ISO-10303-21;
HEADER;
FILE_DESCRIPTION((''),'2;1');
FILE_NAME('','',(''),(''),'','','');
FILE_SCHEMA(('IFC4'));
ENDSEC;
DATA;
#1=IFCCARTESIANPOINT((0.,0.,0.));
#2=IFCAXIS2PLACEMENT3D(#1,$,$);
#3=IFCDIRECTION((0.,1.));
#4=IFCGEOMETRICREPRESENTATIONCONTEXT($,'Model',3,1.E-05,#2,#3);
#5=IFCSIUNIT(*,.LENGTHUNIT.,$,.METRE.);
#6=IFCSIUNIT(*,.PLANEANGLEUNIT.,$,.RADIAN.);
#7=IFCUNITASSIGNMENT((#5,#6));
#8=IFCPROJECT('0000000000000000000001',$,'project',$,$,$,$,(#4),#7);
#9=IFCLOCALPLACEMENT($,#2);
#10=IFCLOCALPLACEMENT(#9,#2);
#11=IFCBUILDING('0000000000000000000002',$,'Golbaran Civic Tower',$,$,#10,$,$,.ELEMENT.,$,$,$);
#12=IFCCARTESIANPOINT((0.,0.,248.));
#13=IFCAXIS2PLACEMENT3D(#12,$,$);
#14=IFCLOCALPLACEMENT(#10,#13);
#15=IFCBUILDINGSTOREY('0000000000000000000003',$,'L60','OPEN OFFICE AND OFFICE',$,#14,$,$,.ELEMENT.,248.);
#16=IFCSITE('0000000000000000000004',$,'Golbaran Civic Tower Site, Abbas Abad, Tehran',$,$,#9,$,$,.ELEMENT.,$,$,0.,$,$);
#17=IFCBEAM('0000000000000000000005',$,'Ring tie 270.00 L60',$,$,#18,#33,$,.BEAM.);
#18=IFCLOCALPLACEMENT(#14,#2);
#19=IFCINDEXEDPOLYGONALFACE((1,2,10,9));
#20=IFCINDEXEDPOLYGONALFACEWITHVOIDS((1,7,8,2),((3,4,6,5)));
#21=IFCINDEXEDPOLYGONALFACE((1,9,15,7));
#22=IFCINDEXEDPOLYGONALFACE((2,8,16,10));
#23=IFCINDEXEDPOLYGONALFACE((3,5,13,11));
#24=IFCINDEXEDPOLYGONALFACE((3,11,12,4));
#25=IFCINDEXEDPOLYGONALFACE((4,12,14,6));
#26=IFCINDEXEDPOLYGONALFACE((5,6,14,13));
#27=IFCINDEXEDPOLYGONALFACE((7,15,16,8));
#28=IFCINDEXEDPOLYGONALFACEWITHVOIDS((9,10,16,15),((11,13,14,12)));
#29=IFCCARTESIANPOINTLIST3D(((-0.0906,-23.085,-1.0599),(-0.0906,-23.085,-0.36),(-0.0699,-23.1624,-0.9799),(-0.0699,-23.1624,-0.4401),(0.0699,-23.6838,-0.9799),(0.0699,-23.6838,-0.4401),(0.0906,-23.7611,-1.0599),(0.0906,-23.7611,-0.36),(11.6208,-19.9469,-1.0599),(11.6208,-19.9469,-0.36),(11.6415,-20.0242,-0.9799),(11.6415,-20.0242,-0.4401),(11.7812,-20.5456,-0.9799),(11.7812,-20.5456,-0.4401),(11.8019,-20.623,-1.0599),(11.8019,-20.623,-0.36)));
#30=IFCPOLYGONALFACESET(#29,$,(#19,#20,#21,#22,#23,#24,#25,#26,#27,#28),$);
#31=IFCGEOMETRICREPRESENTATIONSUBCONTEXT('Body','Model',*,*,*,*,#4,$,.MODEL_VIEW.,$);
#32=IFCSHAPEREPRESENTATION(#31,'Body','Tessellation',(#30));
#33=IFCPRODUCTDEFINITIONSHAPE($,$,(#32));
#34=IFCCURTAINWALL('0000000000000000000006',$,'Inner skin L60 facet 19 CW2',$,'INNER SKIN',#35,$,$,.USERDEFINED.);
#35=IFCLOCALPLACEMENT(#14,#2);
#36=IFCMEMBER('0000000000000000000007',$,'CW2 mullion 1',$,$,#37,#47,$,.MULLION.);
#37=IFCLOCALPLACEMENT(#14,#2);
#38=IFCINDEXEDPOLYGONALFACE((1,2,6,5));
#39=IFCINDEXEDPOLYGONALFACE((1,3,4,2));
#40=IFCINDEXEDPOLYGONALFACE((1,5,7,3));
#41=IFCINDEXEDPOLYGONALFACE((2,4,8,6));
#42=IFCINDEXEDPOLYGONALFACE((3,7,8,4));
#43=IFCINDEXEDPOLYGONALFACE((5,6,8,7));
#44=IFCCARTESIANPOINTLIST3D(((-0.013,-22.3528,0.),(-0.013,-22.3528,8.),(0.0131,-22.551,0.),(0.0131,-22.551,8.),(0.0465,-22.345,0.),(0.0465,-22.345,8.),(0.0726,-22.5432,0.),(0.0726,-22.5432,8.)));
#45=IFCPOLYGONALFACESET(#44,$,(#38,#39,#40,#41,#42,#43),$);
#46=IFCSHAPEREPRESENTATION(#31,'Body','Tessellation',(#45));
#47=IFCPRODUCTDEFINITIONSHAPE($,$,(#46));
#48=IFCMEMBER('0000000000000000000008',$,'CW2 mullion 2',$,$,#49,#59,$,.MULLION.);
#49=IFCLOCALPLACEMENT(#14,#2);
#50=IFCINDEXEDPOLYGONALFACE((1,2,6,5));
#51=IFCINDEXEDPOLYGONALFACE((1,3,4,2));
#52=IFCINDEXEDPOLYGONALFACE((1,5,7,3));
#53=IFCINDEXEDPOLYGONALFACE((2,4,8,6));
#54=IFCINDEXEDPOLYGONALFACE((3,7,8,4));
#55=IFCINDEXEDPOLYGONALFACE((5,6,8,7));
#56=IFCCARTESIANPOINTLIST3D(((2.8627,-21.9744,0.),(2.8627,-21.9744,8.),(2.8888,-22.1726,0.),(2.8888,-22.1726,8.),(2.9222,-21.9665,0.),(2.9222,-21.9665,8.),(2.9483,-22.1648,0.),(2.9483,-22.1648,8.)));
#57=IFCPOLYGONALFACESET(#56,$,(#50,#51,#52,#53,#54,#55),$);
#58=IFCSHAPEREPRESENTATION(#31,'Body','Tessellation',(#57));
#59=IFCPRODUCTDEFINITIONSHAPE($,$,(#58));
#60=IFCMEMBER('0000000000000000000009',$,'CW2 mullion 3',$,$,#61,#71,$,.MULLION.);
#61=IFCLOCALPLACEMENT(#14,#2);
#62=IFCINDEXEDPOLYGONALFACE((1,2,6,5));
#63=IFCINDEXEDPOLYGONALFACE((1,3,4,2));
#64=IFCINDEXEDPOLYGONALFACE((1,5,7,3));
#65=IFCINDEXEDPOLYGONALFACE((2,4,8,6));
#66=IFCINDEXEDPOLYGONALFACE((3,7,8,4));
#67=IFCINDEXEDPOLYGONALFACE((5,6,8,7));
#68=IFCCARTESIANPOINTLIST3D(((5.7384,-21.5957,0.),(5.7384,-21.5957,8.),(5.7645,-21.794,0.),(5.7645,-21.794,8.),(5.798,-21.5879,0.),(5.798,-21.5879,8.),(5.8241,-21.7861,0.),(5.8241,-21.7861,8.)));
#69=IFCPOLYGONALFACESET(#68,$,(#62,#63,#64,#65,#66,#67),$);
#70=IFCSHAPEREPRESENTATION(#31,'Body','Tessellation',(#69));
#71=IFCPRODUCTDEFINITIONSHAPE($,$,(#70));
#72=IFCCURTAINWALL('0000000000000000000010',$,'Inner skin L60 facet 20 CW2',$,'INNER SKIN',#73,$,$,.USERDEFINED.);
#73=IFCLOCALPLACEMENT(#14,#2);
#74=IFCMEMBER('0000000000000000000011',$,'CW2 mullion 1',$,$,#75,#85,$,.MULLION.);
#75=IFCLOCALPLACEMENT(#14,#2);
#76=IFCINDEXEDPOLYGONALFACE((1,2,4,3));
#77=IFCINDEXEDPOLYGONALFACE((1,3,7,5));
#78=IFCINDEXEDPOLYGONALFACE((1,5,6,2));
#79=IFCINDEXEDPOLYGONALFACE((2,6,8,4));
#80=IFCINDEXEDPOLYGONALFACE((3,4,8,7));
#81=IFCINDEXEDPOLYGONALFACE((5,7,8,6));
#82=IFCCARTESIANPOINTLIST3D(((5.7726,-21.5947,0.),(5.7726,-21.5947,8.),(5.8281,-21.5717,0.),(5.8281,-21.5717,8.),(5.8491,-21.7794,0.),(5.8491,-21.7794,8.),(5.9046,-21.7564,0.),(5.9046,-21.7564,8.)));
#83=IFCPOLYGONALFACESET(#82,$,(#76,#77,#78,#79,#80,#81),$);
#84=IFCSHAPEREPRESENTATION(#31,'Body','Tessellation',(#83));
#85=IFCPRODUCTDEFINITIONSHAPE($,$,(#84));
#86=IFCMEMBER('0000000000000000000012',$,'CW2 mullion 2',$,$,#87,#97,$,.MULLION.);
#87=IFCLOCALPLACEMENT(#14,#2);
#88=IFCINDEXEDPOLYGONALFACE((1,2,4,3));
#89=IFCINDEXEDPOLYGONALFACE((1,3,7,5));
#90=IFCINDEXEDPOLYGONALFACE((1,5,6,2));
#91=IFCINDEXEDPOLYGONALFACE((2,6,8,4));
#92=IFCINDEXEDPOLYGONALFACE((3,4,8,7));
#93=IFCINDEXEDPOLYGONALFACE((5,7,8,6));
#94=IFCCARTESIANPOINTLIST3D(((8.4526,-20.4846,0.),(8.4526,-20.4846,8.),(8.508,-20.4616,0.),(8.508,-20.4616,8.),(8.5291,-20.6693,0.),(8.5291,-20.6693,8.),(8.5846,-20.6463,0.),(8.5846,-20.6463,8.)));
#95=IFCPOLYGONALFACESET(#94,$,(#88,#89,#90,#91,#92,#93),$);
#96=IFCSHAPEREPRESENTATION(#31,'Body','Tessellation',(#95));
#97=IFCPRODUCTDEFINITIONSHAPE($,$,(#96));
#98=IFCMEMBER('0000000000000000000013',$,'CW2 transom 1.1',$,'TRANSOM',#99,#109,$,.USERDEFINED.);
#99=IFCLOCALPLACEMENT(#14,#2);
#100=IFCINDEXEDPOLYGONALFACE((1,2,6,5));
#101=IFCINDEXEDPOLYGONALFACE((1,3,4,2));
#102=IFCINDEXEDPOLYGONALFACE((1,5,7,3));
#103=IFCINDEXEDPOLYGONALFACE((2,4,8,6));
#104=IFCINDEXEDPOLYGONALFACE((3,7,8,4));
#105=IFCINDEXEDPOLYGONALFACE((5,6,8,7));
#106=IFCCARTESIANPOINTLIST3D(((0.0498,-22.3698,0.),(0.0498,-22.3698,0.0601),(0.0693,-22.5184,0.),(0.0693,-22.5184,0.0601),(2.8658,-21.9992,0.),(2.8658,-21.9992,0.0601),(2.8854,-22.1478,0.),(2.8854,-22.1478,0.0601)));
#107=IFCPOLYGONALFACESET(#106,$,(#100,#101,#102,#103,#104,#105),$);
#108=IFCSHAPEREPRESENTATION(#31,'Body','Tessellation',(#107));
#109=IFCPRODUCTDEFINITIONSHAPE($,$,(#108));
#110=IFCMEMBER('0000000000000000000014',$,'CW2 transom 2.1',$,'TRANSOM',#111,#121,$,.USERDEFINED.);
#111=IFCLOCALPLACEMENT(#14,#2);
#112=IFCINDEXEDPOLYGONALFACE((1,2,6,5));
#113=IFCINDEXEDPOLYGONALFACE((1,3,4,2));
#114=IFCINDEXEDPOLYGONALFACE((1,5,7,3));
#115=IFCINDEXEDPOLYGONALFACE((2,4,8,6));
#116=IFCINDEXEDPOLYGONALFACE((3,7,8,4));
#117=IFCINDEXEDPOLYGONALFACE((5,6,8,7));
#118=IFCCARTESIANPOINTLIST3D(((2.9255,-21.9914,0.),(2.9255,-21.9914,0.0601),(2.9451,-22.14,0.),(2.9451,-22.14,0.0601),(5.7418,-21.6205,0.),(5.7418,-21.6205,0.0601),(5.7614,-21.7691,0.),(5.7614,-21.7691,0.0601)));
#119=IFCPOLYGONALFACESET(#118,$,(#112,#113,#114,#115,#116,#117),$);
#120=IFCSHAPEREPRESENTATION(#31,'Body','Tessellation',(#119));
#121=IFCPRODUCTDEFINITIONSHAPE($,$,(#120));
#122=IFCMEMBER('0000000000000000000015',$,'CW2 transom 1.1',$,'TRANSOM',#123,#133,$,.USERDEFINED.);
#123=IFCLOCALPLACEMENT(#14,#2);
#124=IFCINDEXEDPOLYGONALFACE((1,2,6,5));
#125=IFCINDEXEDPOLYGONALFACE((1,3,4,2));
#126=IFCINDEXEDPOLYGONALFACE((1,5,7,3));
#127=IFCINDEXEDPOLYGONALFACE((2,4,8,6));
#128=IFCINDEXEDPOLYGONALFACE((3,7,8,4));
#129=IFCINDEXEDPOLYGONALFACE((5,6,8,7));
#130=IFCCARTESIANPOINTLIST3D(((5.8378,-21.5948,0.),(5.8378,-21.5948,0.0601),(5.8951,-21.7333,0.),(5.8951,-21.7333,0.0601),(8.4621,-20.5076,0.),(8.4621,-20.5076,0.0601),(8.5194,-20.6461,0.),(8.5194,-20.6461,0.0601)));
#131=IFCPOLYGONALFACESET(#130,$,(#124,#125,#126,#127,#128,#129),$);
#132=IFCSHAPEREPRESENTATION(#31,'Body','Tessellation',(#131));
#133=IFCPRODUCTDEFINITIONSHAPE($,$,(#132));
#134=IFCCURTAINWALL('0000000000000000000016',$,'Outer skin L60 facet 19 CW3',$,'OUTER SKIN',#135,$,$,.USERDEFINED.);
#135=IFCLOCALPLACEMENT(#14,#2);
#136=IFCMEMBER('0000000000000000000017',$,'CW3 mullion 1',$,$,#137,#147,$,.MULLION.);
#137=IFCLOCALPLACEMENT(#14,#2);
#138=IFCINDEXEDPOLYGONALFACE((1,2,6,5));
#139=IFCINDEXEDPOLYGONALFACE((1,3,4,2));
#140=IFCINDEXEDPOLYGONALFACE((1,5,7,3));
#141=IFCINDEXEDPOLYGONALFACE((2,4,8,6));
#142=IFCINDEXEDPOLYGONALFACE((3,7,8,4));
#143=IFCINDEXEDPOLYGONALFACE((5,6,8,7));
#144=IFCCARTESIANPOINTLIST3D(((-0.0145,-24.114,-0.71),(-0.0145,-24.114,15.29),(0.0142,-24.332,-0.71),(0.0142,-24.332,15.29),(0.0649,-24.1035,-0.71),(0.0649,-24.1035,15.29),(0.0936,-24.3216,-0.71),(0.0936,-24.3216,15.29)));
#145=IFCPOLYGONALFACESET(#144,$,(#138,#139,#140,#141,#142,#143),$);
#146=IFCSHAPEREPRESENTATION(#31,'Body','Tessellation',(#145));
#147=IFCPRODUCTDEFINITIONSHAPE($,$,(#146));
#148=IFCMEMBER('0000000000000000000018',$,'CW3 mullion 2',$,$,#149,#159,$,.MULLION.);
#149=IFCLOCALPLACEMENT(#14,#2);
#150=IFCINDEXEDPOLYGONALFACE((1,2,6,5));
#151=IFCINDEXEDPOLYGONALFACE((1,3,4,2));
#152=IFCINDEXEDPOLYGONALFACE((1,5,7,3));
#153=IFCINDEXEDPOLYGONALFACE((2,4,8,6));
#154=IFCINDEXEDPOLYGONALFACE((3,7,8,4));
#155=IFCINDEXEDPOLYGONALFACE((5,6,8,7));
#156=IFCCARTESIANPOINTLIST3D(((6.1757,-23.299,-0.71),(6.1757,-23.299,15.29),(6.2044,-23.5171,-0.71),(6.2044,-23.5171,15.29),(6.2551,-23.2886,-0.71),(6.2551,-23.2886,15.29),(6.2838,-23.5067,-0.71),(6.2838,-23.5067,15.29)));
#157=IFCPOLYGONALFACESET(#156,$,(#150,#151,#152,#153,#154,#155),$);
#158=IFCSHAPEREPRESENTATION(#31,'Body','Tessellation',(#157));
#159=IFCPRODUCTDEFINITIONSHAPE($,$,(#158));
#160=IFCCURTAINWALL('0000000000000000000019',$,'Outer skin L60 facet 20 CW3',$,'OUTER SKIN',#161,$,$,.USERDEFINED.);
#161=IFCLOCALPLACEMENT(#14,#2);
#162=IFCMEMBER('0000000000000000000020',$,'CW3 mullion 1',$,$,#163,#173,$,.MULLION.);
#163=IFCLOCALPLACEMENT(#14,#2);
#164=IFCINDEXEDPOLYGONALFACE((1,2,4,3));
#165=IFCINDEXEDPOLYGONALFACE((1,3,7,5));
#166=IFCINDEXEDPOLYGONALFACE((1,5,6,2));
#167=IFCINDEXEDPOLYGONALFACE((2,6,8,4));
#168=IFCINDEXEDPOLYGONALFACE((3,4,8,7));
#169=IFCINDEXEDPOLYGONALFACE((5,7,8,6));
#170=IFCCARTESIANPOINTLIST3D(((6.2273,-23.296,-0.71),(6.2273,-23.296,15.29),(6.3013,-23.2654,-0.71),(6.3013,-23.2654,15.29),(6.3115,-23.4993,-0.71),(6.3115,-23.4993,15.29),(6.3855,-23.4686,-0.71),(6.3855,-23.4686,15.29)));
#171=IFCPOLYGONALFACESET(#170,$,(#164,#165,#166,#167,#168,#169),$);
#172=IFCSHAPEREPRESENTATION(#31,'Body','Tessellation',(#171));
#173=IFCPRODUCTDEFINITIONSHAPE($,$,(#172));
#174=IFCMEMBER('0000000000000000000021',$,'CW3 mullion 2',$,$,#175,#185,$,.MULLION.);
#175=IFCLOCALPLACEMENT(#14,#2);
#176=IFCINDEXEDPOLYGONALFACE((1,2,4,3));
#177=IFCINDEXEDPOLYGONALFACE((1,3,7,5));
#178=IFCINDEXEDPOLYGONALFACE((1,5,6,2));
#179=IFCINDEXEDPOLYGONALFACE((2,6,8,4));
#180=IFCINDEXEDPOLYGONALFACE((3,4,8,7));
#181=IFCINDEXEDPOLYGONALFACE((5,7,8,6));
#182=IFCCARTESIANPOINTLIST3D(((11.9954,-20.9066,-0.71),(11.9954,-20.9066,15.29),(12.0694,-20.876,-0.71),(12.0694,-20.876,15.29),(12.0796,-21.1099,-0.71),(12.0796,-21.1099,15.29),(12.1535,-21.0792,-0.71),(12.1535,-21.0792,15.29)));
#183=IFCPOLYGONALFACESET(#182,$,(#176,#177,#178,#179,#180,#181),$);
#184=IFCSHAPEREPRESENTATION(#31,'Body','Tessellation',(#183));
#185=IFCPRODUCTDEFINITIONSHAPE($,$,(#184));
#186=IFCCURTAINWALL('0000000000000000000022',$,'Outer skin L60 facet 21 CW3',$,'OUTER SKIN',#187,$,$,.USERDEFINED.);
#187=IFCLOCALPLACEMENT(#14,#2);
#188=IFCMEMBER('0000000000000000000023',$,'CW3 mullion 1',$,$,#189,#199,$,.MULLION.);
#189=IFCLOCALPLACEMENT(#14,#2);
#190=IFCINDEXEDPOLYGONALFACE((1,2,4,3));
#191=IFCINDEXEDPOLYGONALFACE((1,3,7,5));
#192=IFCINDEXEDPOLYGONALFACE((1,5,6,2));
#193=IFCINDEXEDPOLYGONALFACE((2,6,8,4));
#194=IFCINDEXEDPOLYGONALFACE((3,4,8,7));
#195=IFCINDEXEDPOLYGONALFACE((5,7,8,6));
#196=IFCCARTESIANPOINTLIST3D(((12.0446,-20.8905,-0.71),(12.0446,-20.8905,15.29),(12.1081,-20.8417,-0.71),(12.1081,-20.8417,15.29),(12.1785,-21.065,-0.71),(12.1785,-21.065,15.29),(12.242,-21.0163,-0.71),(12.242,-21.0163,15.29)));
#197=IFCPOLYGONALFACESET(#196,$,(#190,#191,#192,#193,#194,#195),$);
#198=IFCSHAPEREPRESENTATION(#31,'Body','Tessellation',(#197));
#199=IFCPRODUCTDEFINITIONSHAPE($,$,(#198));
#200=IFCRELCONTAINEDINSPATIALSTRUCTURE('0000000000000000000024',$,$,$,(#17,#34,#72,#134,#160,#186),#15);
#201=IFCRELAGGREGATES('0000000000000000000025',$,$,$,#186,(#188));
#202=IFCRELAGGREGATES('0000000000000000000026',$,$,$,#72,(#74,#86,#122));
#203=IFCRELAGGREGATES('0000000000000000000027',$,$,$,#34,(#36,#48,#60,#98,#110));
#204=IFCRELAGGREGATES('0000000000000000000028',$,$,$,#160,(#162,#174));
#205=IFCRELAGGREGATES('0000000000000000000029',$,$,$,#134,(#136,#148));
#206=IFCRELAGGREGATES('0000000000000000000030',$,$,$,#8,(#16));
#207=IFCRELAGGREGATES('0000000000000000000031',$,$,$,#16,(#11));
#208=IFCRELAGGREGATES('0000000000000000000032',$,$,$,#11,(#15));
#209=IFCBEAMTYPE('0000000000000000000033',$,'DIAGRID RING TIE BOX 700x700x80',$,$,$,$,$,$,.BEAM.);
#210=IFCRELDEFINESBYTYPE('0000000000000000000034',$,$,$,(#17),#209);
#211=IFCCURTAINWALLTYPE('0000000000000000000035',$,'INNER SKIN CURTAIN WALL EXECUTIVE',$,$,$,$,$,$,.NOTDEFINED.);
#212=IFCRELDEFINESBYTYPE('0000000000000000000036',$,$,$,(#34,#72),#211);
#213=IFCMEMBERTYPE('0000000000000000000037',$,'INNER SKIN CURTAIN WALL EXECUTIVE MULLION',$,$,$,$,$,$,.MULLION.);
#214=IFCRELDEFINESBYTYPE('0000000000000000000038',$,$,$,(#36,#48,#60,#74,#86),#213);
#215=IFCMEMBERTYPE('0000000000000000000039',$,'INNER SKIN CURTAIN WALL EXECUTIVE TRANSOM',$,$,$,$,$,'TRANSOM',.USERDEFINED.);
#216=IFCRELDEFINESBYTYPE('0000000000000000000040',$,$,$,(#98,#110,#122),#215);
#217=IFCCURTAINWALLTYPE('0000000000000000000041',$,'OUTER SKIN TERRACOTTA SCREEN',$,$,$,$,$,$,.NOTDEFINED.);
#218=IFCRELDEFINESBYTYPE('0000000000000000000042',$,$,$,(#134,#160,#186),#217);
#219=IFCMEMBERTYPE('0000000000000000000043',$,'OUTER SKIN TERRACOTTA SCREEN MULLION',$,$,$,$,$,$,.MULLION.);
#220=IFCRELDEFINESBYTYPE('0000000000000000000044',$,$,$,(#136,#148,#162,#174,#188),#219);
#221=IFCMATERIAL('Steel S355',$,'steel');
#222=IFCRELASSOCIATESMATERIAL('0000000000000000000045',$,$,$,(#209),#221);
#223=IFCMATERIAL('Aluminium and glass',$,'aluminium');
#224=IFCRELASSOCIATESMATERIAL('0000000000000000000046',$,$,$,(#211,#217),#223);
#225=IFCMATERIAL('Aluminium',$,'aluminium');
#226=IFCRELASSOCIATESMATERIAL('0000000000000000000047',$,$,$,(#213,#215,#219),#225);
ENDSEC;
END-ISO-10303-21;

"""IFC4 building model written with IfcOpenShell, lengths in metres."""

from ifc_helpers import new_model, si_unit, direction, frame, origin, origin_2d, place, context, subcontext, project, spatial, rectangle, hollow_rectangle, extrude, material, material_profile, profile_set, type_object, element, aggregate, save


model = new_model("IFC4")

# Units and contexts
model_context = context("Model", 3, precision=1e-05, world=origin(), true_north=direction((0.0, 1.0)))
body_context = subcontext(model_context, "Body", "Model", "MODEL_VIEW")
ifc_project = project(units=[si_unit("LENGTHUNIT", "METRE"), si_unit("PLANEANGLEUNIT", "RADIAN")], contexts=[model_context])

# Site, building, storey
site_placement = place(None, origin())
site = spatial("IfcSite", under=ifc_project, at=site_placement, Name="Golbaran Civic Tower Site, Abbas Abad, Tehran", CompositionType="ELEMENT", RefElevation=0.0)
building_placement = place(site_placement, origin())
building = spatial("IfcBuilding", under=site, at=building_placement, Name="Golbaran Civic Tower", CompositionType="ELEMENT")
storey_placement = place(building_placement, frame((0.0, 0.0, 248.0)))
storey = spatial("IfcBuildingStorey", under=building, at=storey_placement, Name="L60", Description="OPEN OFFICE AND OFFICE", CompositionType="ELEMENT", Elevation=248.0)

# Beam
ifc_material_1 = material(Name="Steel S355", Category="steel")
ifc_material_profile_1 = material_profile(ifc_material_1, hollow_rectangle(XDim=0.7, YDim=0.7, WallThickness=0.0801, at=origin_2d()), Name="BOX 700x700x80")
ifc_profile_set_1 = profile_set([ifc_material_profile_1], Name="Steel S355")
beam_type = type_object("IfcBeamType", Name="DIAGRID RING TIE BOX 700x700x80", PredefinedType="BEAM", material=ifc_profile_set_1)
beam_placement = place(storey_placement, frame((0.0, -23.4231, -0.71), z_axis=(0.965923, 0.258828, 0.0), x_axis=(-0.258828, 0.965923, 0.0)))
element("IfcBeam", 1, at=beam_placement, inside=storey, type_object=beam_type, Name="Ring tie 270.00 L60", PredefinedType="BEAM", context=body_context, shape_type="SweptSolid", body=[
    extrude(hollow_rectangle(XDim=0.7, YDim=0.7, WallThickness=0.0801, at=origin_2d()), origin(), (0.0, 0.0, 1.0), 12.1245),
])

# Curtain walls, members
ifc_material_2 = material(Name="Aluminium and glass", Category="aluminium")
curtain_wall_type_1 = type_object("IfcCurtainWallType", Name="INNER SKIN CURTAIN WALL EXECUTIVE", PredefinedType="NOTDEFINED", material=ifc_material_2)
curtain_wall_1_placement = place(storey_placement, origin())
curtain_wall_1 = element("IfcCurtainWall", 2, at=curtain_wall_1_placement, inside=storey, type_object=curtain_wall_type_1, Name="Inner skin L60 facet 19 CW2", ObjectType="INNER SKIN", PredefinedType="USERDEFINED")
ifc_material_3 = material(Name="Aluminium", Category="aluminium")
ifc_material_profile_2 = material_profile(ifc_material_3, rectangle(XDim=0.2, YDim=0.0601, at=origin_2d()), Name="INNER SKIN CURTAIN WALL EXECUTIVE MULLION")
ifc_profile_set_2 = profile_set([ifc_material_profile_2], Name="Aluminium")
member_type_1 = type_object("IfcMemberType", Name="INNER SKIN CURTAIN WALL EXECUTIVE MULLION", PredefinedType="MULLION", material=ifc_profile_set_2)
member_1_placement = place(storey_placement, frame((0.0298, -22.448, 0.0), z_axis=(0.0, 0.0, 1.0), x_axis=(-0.130526, 0.991445, 0.0)))
member_1 = element("IfcMember", 3, at=member_1_placement, type_object=member_type_1, Name="CW2 mullion 1", PredefinedType="MULLION", context=body_context, shape_type="SweptSolid", body=[
    extrude(rectangle(XDim=0.2, YDim=0.0601, at=origin_2d()), origin(), (0.0, 0.0, 1.0), 8.0),
])
member_2_placement = place(storey_placement, frame((2.9055, -22.0696, 0.0), z_axis=(0.0, 0.0, 1.0), x_axis=(-0.130526, 0.991445, 0.0)))
member_2 = element("IfcMember", 4, at=member_2_placement, type_object=member_type_1, Name="CW2 mullion 2", PredefinedType="MULLION", context=body_context, shape_type="SweptSolid", body=[
    extrude(rectangle(XDim=0.2, YDim=0.0601, at=origin_2d()), origin(), (0.0, 0.0, 1.0), 8.0),
])
member_3_placement = place(storey_placement, frame((5.7812, -21.6909, 0.0), z_axis=(0.0, 0.0, 1.0), x_axis=(-0.130526, 0.991445, 0.0)))
member_3 = element("IfcMember", 5, at=member_3_placement, type_object=member_type_1, Name="CW2 mullion 3", PredefinedType="MULLION", context=body_context, shape_type="SweptSolid", body=[
    extrude(rectangle(XDim=0.2, YDim=0.0601, at=origin_2d()), origin(), (0.0, 0.0, 1.0), 8.0),
])
curtain_wall_2_placement = place(storey_placement, origin())
curtain_wall_2 = element("IfcCurtainWall", 6, at=curtain_wall_2_placement, inside=storey, type_object=curtain_wall_type_1, Name="Inner skin L60 facet 20 CW2", ObjectType="INNER SKIN", PredefinedType="USERDEFINED")
member_4_placement = place(storey_placement, frame((5.8386, -21.6755, 0.0), z_axis=(0.0, 0.0, 1.0), x_axis=(-0.382683, 0.92388, 0.0)))
member_4 = element("IfcMember", 7, at=member_4_placement, type_object=member_type_1, Name="CW2 mullion 1", PredefinedType="MULLION", context=body_context, shape_type="SweptSolid", body=[
    extrude(rectangle(XDim=0.2, YDim=0.0601, at=origin_2d()), origin(), (0.0, 0.0, 1.0), 8.0),
])
member_5_placement = place(storey_placement, frame((8.5186, -20.5654, 0.0), z_axis=(0.0, 0.0, 1.0), x_axis=(-0.382683, 0.92388, 0.0)))
member_5 = element("IfcMember", 8, at=member_5_placement, type_object=member_type_1, Name="CW2 mullion 2", PredefinedType="MULLION", context=body_context, shape_type="SweptSolid", body=[
    extrude(rectangle(XDim=0.2, YDim=0.0601, at=origin_2d()), origin(), (0.0, 0.0, 1.0), 8.0),
])

# Members
ifc_material_profile_3 = material_profile(ifc_material_3, rectangle(XDim=0.1499, YDim=0.0601, at=origin_2d()), Name="INNER SKIN CURTAIN WALL EXECUTIVE TRANSOM")
ifc_profile_set_3 = profile_set([ifc_material_profile_3], Name="Aluminium")
member_type_2 = type_object("IfcMemberType", Name="INNER SKIN CURTAIN WALL EXECUTIVE TRANSOM", ElementType="TRANSOM", PredefinedType="USERDEFINED", material=ifc_profile_set_3)
member_6_placement = place(storey_placement, frame((0.0596, -22.4441, 0.03), z_axis=(0.991452, 0.130475, 0.0), x_axis=(-0.130475, 0.991452, 0.0)))
member_6 = element("IfcMember", 9, at=member_6_placement, type_object=member_type_2, Name="CW2 transom 1.1", ObjectType="TRANSOM", PredefinedType="USERDEFINED", context=body_context, shape_type="SweptSolid", body=[
    extrude(rectangle(XDim=0.1499, YDim=0.0601, at=origin_2d()), origin(), (0.0, 0.0, 1.0), 2.8403),
])
member_7_placement = place(storey_placement, frame((2.9353, -22.0657, 0.03), z_axis=(0.991441, 0.130559, 0.0), x_axis=(-0.130559, 0.991441, 0.0)))
member_7 = element("IfcMember", 10, at=member_7_placement, type_object=member_type_2, Name="CW2 transom 2.1", ObjectType="TRANSOM", PredefinedType="USERDEFINED", context=body_context, shape_type="SweptSolid", body=[
    extrude(rectangle(XDim=0.1499, YDim=0.0601, at=origin_2d()), origin(), (0.0, 0.0, 1.0), 2.8406),
])
member_8_placement = place(storey_placement, frame((5.8665, -21.6641, 0.03), z_axis=(0.923861, 0.382729, 0.0), x_axis=(-0.382729, 0.923861, 0.0)))
member_8 = element("IfcMember", 11, at=member_8_placement, type_object=member_type_2, Name="CW2 transom 1.1", ObjectType="TRANSOM", PredefinedType="USERDEFINED", context=body_context, shape_type="SweptSolid", body=[
    extrude(rectangle(XDim=0.1499, YDim=0.0601, at=origin_2d()), origin(), (0.0, 0.0, 1.0), 2.8406),
])

# Curtain walls, members
curtain_wall_type_2 = type_object("IfcCurtainWallType", Name="OUTER SKIN TERRACOTTA SCREEN", PredefinedType="NOTDEFINED", material=ifc_material_2)
curtain_wall_3_placement = place(storey_placement, origin())
curtain_wall_3 = element("IfcCurtainWall", 12, at=curtain_wall_3_placement, inside=storey, type_object=curtain_wall_type_2, Name="Outer skin L60 facet 19 CW3", ObjectType="OUTER SKIN", PredefinedType="USERDEFINED")
ifc_material_profile_4 = material_profile(ifc_material_3, rectangle(XDim=0.22, YDim=0.0801, at=origin_2d()), Name="OUTER SKIN TERRACOTTA SCREEN MULLION")
ifc_profile_set_4 = profile_set([ifc_material_profile_4], Name="Aluminium")
member_type_3 = type_object("IfcMemberType", Name="OUTER SKIN TERRACOTTA SCREEN MULLION", PredefinedType="MULLION", material=ifc_profile_set_4)
member_9_placement = place(storey_placement, frame((0.0396, -24.2178, -0.71), z_axis=(0.0, 0.0, 1.0), x_axis=(-0.130526, 0.991445, 0.0)))
member_9 = element("IfcMember", 13, at=member_9_placement, type_object=member_type_3, Name="CW3 mullion 1", PredefinedType="MULLION", context=body_context, shape_type="SweptSolid", body=[
    extrude(rectangle(XDim=0.22, YDim=0.0801, at=origin_2d()), origin(), (0.0, 0.0, 1.0), 16.0),
])
member_10_placement = place(storey_placement, frame((6.2297, -23.4028, -0.71), z_axis=(0.0, 0.0, 1.0), x_axis=(-0.130526, 0.991445, 0.0)))
member_10 = element("IfcMember", 14, at=member_10_placement, type_object=member_type_3, Name="CW3 mullion 2", PredefinedType="MULLION", context=body_context, shape_type="SweptSolid", body=[
    extrude(rectangle(XDim=0.22, YDim=0.0801, at=origin_2d()), origin(), (0.0, 0.0, 1.0), 16.0),
])
curtain_wall_4_placement = place(storey_placement, origin())
curtain_wall_4 = element("IfcCurtainWall", 15, at=curtain_wall_4_placement, inside=storey, type_object=curtain_wall_type_2, Name="Outer skin L60 facet 20 CW3", ObjectType="OUTER SKIN", PredefinedType="USERDEFINED")
member_11_placement = place(storey_placement, frame((6.3064, -23.3823, -0.71), z_axis=(0.0, 0.0, 1.0), x_axis=(-0.382683, 0.92388, 0.0)))
member_11 = element("IfcMember", 16, at=member_11_placement, type_object=member_type_3, Name="CW3 mullion 1", PredefinedType="MULLION", context=body_context, shape_type="SweptSolid", body=[
    extrude(rectangle(XDim=0.22, YDim=0.0801, at=origin_2d()), origin(), (0.0, 0.0, 1.0), 16.0),
])
member_12_placement = place(storey_placement, frame((12.0745, -20.9929, -0.71), z_axis=(0.0, 0.0, 1.0), x_axis=(-0.382683, 0.92388, 0.0)))
member_12 = element("IfcMember", 17, at=member_12_placement, type_object=member_type_3, Name="CW3 mullion 2", PredefinedType="MULLION", context=body_context, shape_type="SweptSolid", body=[
    extrude(rectangle(XDim=0.22, YDim=0.0801, at=origin_2d()), origin(), (0.0, 0.0, 1.0), 16.0),
])

# Curtain wall, member
curtain_wall_5_placement = place(storey_placement, origin())
curtain_wall_5 = element("IfcCurtainWall", 18, at=curtain_wall_5_placement, inside=storey, type_object=curtain_wall_type_2, Name="Outer skin L60 facet 21 CW3", ObjectType="OUTER SKIN", PredefinedType="USERDEFINED")
member_13_placement = place(storey_placement, frame((12.1433, -20.9534, -0.71), z_axis=(0.0, 0.0, 1.0), x_axis=(-0.608761, 0.793353, 0.0)))
member_13 = element("IfcMember", 19, at=member_13_placement, type_object=member_type_3, Name="CW3 mullion 1", PredefinedType="MULLION", context=body_context, shape_type="SweptSolid", body=[
    extrude(rectangle(XDim=0.22, YDim=0.0801, at=origin_2d()), origin(), (0.0, 0.0, 1.0), 16.0),
])

aggregate(curtain_wall_5, [member_13])

aggregate(curtain_wall_2, [member_4, member_5, member_8])
aggregate(curtain_wall_1, [member_1, member_2, member_3, member_6, member_7])
aggregate(curtain_wall_4, [member_11, member_12])
aggregate(curtain_wall_3, [member_9, member_10])

save(model, "model.ifc")
